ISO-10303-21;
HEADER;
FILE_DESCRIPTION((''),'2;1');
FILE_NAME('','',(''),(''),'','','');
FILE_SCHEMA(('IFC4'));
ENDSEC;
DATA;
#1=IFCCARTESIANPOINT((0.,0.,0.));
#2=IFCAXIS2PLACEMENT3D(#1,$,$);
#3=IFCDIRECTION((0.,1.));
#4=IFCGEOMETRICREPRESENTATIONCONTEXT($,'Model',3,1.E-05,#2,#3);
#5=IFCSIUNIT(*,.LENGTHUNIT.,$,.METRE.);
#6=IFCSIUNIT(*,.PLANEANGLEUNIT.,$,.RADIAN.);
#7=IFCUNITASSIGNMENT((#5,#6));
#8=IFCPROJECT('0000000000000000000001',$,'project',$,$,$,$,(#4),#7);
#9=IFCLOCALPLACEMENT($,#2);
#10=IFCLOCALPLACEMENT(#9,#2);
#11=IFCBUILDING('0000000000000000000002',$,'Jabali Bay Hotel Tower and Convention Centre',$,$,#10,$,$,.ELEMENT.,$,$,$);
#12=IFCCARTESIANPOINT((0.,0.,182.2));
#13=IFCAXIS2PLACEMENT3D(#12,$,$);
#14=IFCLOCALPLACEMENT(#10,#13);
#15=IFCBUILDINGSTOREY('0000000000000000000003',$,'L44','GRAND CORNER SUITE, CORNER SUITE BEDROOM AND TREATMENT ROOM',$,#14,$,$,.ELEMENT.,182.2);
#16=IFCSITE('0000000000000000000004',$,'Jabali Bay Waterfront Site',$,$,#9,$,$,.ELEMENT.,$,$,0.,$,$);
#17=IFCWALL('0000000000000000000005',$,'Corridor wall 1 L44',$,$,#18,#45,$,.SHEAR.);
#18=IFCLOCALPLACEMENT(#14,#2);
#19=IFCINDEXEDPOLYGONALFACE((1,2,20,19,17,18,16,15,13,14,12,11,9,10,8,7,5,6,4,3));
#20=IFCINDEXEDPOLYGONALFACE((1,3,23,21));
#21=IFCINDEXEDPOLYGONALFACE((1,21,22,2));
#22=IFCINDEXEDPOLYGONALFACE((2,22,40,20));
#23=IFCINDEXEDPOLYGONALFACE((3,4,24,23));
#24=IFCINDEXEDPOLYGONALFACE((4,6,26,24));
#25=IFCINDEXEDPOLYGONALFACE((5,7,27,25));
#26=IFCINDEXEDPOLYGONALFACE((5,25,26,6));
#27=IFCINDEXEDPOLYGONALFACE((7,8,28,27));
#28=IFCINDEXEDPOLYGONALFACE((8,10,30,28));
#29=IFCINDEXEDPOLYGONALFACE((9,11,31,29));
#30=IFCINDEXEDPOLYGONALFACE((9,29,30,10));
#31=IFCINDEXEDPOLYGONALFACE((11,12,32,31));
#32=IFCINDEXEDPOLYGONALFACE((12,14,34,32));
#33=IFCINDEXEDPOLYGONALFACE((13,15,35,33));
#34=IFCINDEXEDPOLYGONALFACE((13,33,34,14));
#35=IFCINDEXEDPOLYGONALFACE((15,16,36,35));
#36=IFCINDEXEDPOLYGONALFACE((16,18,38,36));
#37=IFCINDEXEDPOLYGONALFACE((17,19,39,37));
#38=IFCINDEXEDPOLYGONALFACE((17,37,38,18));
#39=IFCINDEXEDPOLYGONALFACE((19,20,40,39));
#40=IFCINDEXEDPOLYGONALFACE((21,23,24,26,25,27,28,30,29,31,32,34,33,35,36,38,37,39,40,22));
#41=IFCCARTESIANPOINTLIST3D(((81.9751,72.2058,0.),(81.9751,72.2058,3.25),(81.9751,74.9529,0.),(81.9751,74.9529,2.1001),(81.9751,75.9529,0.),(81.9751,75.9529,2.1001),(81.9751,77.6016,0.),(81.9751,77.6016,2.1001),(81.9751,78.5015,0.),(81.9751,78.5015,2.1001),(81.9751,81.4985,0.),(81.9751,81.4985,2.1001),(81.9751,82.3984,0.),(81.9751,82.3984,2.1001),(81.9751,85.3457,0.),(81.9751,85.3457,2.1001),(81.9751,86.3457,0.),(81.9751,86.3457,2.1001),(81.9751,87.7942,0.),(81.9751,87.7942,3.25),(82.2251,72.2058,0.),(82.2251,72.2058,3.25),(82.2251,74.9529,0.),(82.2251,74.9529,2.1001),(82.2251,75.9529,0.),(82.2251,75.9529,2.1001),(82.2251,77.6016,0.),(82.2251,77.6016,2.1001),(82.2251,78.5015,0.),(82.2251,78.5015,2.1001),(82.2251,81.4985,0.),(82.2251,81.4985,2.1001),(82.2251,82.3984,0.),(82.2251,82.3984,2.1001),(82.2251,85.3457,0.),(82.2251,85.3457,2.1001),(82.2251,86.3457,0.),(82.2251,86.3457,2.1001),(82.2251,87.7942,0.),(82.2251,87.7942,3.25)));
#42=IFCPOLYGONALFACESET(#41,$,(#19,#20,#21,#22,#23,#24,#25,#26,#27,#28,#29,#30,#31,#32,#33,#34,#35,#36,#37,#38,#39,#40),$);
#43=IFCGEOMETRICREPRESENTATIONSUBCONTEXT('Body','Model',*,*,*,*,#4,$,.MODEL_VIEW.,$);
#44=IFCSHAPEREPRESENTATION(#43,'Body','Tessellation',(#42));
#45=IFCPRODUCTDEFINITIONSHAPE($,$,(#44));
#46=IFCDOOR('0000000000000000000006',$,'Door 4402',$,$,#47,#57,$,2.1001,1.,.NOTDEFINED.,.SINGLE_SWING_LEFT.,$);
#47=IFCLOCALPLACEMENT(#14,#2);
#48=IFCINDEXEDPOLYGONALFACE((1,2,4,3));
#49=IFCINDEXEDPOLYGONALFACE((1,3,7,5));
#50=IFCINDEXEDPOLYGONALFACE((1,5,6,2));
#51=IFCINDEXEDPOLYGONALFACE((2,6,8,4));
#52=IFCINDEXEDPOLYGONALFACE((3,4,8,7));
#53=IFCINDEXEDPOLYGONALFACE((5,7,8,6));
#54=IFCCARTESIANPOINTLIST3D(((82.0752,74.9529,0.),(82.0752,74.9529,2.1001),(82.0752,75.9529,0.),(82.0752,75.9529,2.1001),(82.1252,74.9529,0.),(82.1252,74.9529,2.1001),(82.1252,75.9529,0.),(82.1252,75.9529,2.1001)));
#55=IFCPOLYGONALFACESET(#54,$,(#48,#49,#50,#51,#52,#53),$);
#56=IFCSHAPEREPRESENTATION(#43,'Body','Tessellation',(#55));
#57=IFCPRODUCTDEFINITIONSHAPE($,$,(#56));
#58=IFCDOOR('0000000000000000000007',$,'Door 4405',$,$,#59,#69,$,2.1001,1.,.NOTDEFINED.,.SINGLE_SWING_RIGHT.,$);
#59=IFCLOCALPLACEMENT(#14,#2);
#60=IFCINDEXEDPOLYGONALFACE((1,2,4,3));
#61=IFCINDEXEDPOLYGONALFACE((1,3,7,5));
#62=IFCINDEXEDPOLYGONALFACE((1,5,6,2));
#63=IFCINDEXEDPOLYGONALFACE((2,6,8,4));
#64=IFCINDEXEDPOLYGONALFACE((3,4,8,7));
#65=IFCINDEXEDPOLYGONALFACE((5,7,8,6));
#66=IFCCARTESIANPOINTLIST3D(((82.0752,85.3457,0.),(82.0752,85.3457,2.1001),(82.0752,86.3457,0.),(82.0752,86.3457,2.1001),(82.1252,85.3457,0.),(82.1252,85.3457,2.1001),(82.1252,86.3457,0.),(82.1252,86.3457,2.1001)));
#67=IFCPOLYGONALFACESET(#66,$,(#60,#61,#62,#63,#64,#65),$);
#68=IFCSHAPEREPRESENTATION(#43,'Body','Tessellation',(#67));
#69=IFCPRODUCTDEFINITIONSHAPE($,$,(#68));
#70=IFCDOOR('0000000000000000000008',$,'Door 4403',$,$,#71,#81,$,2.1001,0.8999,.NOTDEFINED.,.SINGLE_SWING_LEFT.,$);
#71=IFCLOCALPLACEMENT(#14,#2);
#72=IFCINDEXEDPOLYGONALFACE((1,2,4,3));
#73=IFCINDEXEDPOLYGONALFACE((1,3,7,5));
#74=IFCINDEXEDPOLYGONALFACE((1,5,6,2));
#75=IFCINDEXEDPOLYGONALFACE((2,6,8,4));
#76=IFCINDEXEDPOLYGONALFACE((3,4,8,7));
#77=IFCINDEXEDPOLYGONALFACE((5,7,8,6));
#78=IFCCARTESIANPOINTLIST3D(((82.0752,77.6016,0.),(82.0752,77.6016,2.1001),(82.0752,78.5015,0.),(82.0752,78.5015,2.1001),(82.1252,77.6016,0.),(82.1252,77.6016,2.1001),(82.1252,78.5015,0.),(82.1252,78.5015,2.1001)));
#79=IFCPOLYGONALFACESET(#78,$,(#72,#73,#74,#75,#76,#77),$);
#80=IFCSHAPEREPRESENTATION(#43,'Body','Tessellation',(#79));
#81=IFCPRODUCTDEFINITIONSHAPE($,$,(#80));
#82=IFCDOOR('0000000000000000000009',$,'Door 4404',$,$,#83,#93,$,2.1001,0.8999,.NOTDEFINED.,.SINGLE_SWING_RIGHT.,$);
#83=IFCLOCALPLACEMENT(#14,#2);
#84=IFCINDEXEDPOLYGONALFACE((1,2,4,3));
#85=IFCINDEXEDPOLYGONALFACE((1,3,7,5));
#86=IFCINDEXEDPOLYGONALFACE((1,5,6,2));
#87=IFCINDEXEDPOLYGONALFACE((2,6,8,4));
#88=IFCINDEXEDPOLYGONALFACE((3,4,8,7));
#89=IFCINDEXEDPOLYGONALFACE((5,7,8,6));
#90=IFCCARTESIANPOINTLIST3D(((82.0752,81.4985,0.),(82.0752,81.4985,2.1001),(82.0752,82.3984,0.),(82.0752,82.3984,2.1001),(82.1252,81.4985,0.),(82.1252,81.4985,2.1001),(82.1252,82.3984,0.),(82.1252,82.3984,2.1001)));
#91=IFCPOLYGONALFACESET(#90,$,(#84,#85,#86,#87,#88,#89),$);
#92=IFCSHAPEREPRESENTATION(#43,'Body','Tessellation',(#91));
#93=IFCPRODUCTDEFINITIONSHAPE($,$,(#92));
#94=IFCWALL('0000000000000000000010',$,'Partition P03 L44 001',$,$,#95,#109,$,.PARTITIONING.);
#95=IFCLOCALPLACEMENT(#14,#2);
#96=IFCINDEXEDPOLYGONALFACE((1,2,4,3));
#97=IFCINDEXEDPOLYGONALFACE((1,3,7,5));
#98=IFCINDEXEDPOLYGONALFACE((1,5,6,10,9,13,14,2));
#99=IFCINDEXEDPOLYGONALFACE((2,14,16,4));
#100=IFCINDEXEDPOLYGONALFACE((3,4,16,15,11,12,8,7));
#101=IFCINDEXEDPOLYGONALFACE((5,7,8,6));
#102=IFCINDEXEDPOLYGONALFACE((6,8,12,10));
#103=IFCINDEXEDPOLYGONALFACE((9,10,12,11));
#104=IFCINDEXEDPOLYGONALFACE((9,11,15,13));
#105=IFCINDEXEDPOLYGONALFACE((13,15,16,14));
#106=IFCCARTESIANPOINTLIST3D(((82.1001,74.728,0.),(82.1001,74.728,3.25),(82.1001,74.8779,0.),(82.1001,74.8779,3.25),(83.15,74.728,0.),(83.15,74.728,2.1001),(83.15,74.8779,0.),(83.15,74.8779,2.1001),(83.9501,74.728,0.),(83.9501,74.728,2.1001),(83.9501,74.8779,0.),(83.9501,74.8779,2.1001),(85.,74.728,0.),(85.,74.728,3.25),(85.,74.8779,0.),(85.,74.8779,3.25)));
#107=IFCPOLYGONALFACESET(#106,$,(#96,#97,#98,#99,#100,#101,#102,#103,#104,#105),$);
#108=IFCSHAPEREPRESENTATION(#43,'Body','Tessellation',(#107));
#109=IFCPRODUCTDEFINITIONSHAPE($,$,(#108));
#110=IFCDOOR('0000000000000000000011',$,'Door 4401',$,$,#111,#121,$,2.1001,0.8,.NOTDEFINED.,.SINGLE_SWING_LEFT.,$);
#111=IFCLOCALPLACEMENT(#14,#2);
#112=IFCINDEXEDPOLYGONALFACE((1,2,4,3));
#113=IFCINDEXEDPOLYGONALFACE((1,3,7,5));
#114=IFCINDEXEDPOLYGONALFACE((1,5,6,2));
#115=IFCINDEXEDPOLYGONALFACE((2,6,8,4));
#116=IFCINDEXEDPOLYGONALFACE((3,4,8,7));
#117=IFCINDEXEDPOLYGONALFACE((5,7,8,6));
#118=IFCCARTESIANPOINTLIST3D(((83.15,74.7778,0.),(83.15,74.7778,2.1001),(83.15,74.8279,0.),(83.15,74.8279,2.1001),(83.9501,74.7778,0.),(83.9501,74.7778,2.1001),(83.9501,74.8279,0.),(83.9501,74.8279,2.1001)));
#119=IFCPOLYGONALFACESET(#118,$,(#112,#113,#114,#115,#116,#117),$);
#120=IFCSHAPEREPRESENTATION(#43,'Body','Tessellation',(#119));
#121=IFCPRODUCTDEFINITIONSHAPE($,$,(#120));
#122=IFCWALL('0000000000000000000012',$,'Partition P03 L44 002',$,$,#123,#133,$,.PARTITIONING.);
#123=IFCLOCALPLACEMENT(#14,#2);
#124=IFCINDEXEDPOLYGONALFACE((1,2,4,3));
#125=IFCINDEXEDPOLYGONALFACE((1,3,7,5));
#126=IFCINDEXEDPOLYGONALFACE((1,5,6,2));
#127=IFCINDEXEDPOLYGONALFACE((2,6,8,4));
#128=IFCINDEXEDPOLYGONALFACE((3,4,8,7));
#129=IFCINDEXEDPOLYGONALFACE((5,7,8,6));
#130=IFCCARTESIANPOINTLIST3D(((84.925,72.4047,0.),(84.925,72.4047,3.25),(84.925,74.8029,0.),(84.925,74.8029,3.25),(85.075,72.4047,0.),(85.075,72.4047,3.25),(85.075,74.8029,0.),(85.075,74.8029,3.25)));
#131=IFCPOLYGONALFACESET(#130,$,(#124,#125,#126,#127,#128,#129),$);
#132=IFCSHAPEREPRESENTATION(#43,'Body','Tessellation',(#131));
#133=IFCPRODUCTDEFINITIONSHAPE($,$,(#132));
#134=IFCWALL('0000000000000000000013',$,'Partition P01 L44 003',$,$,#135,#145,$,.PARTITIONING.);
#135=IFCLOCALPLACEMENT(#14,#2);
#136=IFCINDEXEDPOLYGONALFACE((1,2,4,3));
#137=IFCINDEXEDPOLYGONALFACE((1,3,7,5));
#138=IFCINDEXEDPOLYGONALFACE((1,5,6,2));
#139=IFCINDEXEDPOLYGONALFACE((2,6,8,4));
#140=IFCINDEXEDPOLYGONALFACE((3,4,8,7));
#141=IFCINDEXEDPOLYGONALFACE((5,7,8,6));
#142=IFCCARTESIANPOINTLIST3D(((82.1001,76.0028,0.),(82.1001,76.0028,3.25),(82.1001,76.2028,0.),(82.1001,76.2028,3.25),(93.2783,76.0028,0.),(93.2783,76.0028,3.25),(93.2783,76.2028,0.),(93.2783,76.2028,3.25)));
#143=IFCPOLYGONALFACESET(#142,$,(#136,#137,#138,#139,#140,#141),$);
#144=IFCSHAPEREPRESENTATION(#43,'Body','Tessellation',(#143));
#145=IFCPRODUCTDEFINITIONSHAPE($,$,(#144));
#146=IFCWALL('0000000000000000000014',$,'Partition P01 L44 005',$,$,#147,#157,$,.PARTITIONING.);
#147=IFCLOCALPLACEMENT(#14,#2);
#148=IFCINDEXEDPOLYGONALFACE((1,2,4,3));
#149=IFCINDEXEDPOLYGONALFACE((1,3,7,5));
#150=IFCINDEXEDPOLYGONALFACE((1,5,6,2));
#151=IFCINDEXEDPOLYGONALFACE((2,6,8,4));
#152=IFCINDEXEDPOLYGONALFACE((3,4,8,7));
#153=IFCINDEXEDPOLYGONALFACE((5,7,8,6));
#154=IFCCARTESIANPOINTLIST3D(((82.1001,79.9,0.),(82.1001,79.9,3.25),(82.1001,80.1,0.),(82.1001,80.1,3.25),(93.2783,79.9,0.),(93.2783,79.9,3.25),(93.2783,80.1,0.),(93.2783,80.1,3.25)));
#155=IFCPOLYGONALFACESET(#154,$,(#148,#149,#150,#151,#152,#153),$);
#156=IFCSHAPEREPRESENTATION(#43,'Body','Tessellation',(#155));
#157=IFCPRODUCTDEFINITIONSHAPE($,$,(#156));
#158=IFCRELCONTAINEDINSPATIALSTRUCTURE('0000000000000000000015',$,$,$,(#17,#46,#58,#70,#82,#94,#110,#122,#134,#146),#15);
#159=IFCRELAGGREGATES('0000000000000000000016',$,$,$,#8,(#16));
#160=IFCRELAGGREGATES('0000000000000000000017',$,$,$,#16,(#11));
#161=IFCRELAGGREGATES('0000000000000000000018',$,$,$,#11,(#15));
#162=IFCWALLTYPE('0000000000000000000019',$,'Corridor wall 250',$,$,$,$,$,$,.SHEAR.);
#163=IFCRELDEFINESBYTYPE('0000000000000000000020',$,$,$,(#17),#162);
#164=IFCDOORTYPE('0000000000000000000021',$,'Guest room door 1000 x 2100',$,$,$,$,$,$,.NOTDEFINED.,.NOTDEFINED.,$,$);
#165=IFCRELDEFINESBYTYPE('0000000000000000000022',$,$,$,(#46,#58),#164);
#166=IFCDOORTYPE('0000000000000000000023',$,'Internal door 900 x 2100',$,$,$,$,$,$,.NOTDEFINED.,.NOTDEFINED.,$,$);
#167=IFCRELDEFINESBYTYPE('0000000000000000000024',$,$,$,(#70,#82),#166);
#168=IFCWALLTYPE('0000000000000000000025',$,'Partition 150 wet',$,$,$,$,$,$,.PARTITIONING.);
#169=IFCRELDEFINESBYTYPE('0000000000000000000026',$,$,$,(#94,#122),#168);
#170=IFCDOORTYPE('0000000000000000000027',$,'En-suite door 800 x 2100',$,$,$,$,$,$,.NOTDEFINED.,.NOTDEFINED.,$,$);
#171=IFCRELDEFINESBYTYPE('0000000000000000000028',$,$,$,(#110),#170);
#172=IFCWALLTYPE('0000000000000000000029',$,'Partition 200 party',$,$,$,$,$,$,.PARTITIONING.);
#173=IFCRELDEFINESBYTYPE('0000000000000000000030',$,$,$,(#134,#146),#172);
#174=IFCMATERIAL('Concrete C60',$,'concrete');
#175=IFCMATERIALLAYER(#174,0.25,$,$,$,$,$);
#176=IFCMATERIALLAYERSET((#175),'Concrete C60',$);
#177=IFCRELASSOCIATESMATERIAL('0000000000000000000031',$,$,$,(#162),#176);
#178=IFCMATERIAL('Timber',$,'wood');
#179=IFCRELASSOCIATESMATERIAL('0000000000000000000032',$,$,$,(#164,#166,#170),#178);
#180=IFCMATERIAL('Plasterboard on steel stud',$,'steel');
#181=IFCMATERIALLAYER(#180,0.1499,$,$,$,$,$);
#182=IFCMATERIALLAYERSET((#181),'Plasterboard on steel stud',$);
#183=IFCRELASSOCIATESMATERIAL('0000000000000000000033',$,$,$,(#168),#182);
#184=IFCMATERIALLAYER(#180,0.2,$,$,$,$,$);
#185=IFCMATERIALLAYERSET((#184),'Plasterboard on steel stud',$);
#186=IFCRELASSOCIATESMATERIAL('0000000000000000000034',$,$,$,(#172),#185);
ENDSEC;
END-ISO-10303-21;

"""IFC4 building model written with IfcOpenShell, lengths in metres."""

from ifc_helpers import new_model, si_unit, direction, frame, frame_2d, origin, place, context, subcontext, project, spatial, rectangle, extrude, material, layer, layer_set, type_object, element, fill, save


model = new_model("IFC4")

# Units and contexts
model_context = context("Model", 3, precision=1e-05, world=origin(), true_north=direction((0.0, 1.0)))
body_context = subcontext(model_context, "Body", "Model", "MODEL_VIEW")
ifc_project = project(units=[si_unit("LENGTHUNIT", "METRE"), si_unit("PLANEANGLEUNIT", "RADIAN")], contexts=[model_context])

# Site, building, storey
site_placement = place(None, origin())
site = spatial("IfcSite", under=ifc_project, at=site_placement, Name="Jabali Bay Waterfront Site", CompositionType="ELEMENT", RefElevation=0.0)
building_placement = place(site_placement, origin())
building = spatial("IfcBuilding", under=site, at=building_placement, Name="Jabali Bay Hotel Tower and Convention Centre", CompositionType="ELEMENT")
storey_placement = place(building_placement, frame((0.0, 0.0, 182.2)))
storey = spatial("IfcBuildingStorey", under=building, at=storey_placement, Name="L44", Description="GRAND CORNER SUITE, CORNER SUITE BEDROOM AND TREATMENT ROOM", CompositionType="ELEMENT", Elevation=182.2)

# Shared definitions
ifc_material_1 = material(Name="Concrete C60", Category="concrete")

# Wall, openings, doors
ifc_layer_1 = layer(ifc_material_1, 0.25)
ifc_layer_set_1 = layer_set([ifc_layer_1], Name="Concrete C60")
wall_type_1 = type_object("IfcWallType", Name="Corridor wall 250", PredefinedType="SHEAR", material=ifc_layer_set_1)
wall_1_placement = place(storey_placement, frame((82.1001, 72.2058, 0.0), z_axis=(0.0, 0.0, 1.0), x_axis=(0.0, 1.0, 0.0)))
wall_1 = element("IfcWall", 1, at=wall_1_placement, inside=storey, type_object=wall_type_1, Name="Corridor wall 1 L44", PredefinedType="SHEAR", context=body_context, shape_type="SweptSolid", body=[
    extrude(rectangle(XDim=15.5884, YDim=0.25, at=frame_2d((7.7942, 0.0))), origin(), (0.0, 0.0, 1.0), 3.25),
])
opening_1_placement = place(wall_1_placement, frame((2.7471, 0.0, 0.0)))
opening_1 = element("IfcOpeningElement", 2, at=opening_1_placement, cuts=wall_1, PredefinedType="OPENING", context=body_context, shape_type="SweptSolid", body=[
    extrude(rectangle(XDim=1.0, YDim=2.1001, at=frame_2d((0.5, 1.05))), frame((0.0, 0.1355, 0.0), z_axis=(0.0, -1.0, 0.0), x_axis=(1.0, 0.0, 0.0)), (0.0, 0.0, 1.0), 0.271),
])
opening_2_placement = place(wall_1_placement, frame((5.3958, 0.0, 0.0)))
opening_2 = element("IfcOpeningElement", 3, at=opening_2_placement, cuts=wall_1, PredefinedType="OPENING", context=body_context, shape_type="SweptSolid", body=[
    extrude(rectangle(XDim=0.8999, YDim=2.1001, at=frame_2d((0.45, 1.05))), frame((0.0, 0.1355, 0.0), z_axis=(0.0, -1.0, 0.0), x_axis=(1.0, 0.0, 0.0)), (0.0, 0.0, 1.0), 0.271),
])
opening_3_placement = place(wall_1_placement, frame((9.2927, 0.0, 0.0)))
opening_3 = element("IfcOpeningElement", 4, at=opening_3_placement, cuts=wall_1, PredefinedType="OPENING", context=body_context, shape_type="SweptSolid", body=[
    extrude(rectangle(XDim=0.8999, YDim=2.1001, at=frame_2d((0.45, 1.05))), frame((0.0, 0.1355, 0.0), z_axis=(0.0, -1.0, 0.0), x_axis=(1.0, 0.0, 0.0)), (0.0, 0.0, 1.0), 0.271),
])
opening_4_placement = place(wall_1_placement, frame((13.1399, 0.0, 0.0)))
opening_4 = element("IfcOpeningElement", 5, at=opening_4_placement, cuts=wall_1, PredefinedType="OPENING", context=body_context, shape_type="SweptSolid", body=[
    extrude(rectangle(XDim=1.0, YDim=2.1001, at=frame_2d((0.5, 1.05))), frame((0.0, 0.1355, 0.0), z_axis=(0.0, -1.0, 0.0), x_axis=(1.0, 0.0, 0.0)), (0.0, 0.0, 1.0), 0.271),
])
ifc_material_2 = material(Name="Timber", Category="wood")
door_type_1 = type_object("IfcDoorType", Name="Guest room door 1000 x 2100", OperationType="NOTDEFINED", PredefinedType="NOTDEFINED", material=ifc_material_2)
door_1_placement = place(opening_1_placement, origin())
door_1 = element("IfcDoor", 6, at=door_1_placement, inside=storey, type_object=door_type_1, Name="Door 4402", OperationType="SINGLE_SWING_LEFT", OverallHeight=2.1001, OverallWidth=1.0, PredefinedType="NOTDEFINED", context=body_context, shape_type="SweptSolid", body=[
    extrude(rectangle(XDim=1.0, YDim=2.1001, at=frame_2d((0.5, 1.05))), frame((0.0, 0.0249, 0.0), z_axis=(0.0, -1.0, 0.0), x_axis=(1.0, 0.0, 0.0)), (0.0, 0.0, 1.0), 0.05),
])
fill(opening_1, door_1)
door_2_placement = place(opening_4_placement, origin())
door_2 = element("IfcDoor", 7, at=door_2_placement, inside=storey, type_object=door_type_1, Name="Door 4405", OperationType="SINGLE_SWING_RIGHT", OverallHeight=2.1001, OverallWidth=1.0, PredefinedType="NOTDEFINED", context=body_context, shape_type="SweptSolid", body=[
    extrude(rectangle(XDim=1.0, YDim=2.1001, at=frame_2d((0.5, 1.05))), frame((0.0, 0.0249, 0.0), z_axis=(0.0, -1.0, 0.0), x_axis=(1.0, 0.0, 0.0)), (0.0, 0.0, 1.0), 0.05),
])
fill(opening_4, door_2)
door_type_2 = type_object("IfcDoorType", Name="Internal door 900 x 2100", OperationType="NOTDEFINED", PredefinedType="NOTDEFINED", material=ifc_material_2)
door_3_placement = place(opening_2_placement, origin())
door_3 = element("IfcDoor", 8, at=door_3_placement, inside=storey, type_object=door_type_2, Name="Door 4403", OperationType="SINGLE_SWING_LEFT", OverallHeight=2.1001, OverallWidth=0.8999, PredefinedType="NOTDEFINED", context=body_context, shape_type="SweptSolid", body=[
    extrude(rectangle(XDim=0.8999, YDim=2.1001, at=frame_2d((0.45, 1.05))), frame((0.0, 0.0249, 0.0), z_axis=(0.0, -1.0, 0.0), x_axis=(1.0, 0.0, 0.0)), (0.0, 0.0, 1.0), 0.05),
])
fill(opening_2, door_3)
door_4_placement = place(opening_3_placement, origin())
door_4 = element("IfcDoor", 9, at=door_4_placement, inside=storey, type_object=door_type_2, Name="Door 4404", OperationType="SINGLE_SWING_RIGHT", OverallHeight=2.1001, OverallWidth=0.8999, PredefinedType="NOTDEFINED", context=body_context, shape_type="SweptSolid", body=[
    extrude(rectangle(XDim=0.8999, YDim=2.1001, at=frame_2d((0.45, 1.05))), frame((0.0, 0.0249, 0.0), z_axis=(0.0, -1.0, 0.0), x_axis=(1.0, 0.0, 0.0)), (0.0, 0.0, 1.0), 0.05),
])
fill(opening_3, door_4)

# Wall, opening, door
ifc_material_3 = material(Name="Plasterboard on steel stud", Category="steel")
ifc_layer_2 = layer(ifc_material_3, 0.1499)
ifc_layer_set_2 = layer_set([ifc_layer_2], Name="Plasterboard on steel stud")
wall_type_2 = type_object("IfcWallType", Name="Partition 150 wet", PredefinedType="PARTITIONING", material=ifc_layer_set_2)
wall_2_placement = place(storey_placement, frame((82.1001, 74.803, 0.0), z_axis=(0.0, 0.0, 1.0), x_axis=(1.0, 0.0, 0.0)))
wall_2 = element("IfcWall", 10, at=wall_2_placement, inside=storey, type_object=wall_type_2, Name="Partition P03 L44 001", PredefinedType="PARTITIONING", context=body_context, shape_type="SweptSolid", body=[
    extrude(rectangle(XDim=2.8999, YDim=0.1499, at=frame_2d((1.45, 0.0))), origin(), (0.0, 0.0, 1.0), 3.25),
])
opening_5_placement = place(wall_2_placement, frame((1.05, 0.0, 0.0)))
opening_5 = element("IfcOpeningElement", 11, at=opening_5_placement, cuts=wall_2, PredefinedType="OPENING", context=body_context, shape_type="SweptSolid", body=[
    extrude(rectangle(XDim=0.8, YDim=2.1001, at=frame_2d((0.3999, 1.05))), frame((0.0, 0.0854, 0.0), z_axis=(0.0, -1.0, 0.0), x_axis=(1.0, 0.0, 0.0)), (0.0, 0.0, 1.0), 0.1709),
])
door_type_3 = type_object("IfcDoorType", Name="En-suite door 800 x 2100", OperationType="NOTDEFINED", PredefinedType="NOTDEFINED", material=ifc_material_2)
door_5_placement = place(opening_5_placement, origin())
door_5 = element("IfcDoor", 12, at=door_5_placement, inside=storey, type_object=door_type_3, Name="Door 4401", OperationType="SINGLE_SWING_LEFT", OverallHeight=2.1001, OverallWidth=0.8, PredefinedType="NOTDEFINED", context=body_context, shape_type="SweptSolid", body=[
    extrude(rectangle(XDim=0.8, YDim=2.1001, at=frame_2d((0.3999, 1.05))), frame((0.0, 0.0249, 0.0), z_axis=(0.0, -1.0, 0.0), x_axis=(1.0, 0.0, 0.0)), (0.0, 0.0, 1.0), 0.05),
])
fill(opening_5, door_5)

# Walls
wall_3_placement = place(storey_placement, frame((85.0, 74.803, 0.0), z_axis=(0.0, 0.0, 1.0), x_axis=(0.0, -1.0, 0.0)))
element("IfcWall", 13, at=wall_3_placement, inside=storey, type_object=wall_type_2, Name="Partition P03 L44 002", PredefinedType="PARTITIONING", context=body_context, shape_type="SweptSolid", body=[
    extrude(rectangle(XDim=2.3982, YDim=0.1499, at=frame_2d((1.1992, 0.0))), origin(), (0.0, 0.0, 1.0), 3.25),
])
ifc_layer_3 = layer(ifc_material_3, 0.2)
ifc_layer_set_3 = layer_set([ifc_layer_3], Name="Plasterboard on steel stud")
wall_type_3 = type_object("IfcWallType", Name="Partition 200 party", PredefinedType="PARTITIONING", material=ifc_layer_set_3)
for number, where, z_axis, x_axis, name in (
    (14, (93.2783, 76.1028, 0.0), (0.0, 0.0, 1.0), (-1.0, 0.0, 0.0), "Partition P01 L44 003"),
    (15, (93.2783, 80.0, 0.0), (0.0, 0.0, 1.0), (-1.0, 0.0, 0.0), "Partition P01 L44 005"),
):
    element("IfcWall", number, at=place(storey_placement, frame(where, z_axis=z_axis, x_axis=x_axis)), inside=storey, type_object=wall_type_3, Name=name, PredefinedType="PARTITIONING", context=body_context, shape_type="SweptSolid", body=[
        extrude(rectangle(XDim=11.1782, YDim=0.2, at=frame_2d((5.5891, 0.0))), origin(), (0.0, 0.0, 1.0), 3.25),
    ])

save(model, "model.ifc")
